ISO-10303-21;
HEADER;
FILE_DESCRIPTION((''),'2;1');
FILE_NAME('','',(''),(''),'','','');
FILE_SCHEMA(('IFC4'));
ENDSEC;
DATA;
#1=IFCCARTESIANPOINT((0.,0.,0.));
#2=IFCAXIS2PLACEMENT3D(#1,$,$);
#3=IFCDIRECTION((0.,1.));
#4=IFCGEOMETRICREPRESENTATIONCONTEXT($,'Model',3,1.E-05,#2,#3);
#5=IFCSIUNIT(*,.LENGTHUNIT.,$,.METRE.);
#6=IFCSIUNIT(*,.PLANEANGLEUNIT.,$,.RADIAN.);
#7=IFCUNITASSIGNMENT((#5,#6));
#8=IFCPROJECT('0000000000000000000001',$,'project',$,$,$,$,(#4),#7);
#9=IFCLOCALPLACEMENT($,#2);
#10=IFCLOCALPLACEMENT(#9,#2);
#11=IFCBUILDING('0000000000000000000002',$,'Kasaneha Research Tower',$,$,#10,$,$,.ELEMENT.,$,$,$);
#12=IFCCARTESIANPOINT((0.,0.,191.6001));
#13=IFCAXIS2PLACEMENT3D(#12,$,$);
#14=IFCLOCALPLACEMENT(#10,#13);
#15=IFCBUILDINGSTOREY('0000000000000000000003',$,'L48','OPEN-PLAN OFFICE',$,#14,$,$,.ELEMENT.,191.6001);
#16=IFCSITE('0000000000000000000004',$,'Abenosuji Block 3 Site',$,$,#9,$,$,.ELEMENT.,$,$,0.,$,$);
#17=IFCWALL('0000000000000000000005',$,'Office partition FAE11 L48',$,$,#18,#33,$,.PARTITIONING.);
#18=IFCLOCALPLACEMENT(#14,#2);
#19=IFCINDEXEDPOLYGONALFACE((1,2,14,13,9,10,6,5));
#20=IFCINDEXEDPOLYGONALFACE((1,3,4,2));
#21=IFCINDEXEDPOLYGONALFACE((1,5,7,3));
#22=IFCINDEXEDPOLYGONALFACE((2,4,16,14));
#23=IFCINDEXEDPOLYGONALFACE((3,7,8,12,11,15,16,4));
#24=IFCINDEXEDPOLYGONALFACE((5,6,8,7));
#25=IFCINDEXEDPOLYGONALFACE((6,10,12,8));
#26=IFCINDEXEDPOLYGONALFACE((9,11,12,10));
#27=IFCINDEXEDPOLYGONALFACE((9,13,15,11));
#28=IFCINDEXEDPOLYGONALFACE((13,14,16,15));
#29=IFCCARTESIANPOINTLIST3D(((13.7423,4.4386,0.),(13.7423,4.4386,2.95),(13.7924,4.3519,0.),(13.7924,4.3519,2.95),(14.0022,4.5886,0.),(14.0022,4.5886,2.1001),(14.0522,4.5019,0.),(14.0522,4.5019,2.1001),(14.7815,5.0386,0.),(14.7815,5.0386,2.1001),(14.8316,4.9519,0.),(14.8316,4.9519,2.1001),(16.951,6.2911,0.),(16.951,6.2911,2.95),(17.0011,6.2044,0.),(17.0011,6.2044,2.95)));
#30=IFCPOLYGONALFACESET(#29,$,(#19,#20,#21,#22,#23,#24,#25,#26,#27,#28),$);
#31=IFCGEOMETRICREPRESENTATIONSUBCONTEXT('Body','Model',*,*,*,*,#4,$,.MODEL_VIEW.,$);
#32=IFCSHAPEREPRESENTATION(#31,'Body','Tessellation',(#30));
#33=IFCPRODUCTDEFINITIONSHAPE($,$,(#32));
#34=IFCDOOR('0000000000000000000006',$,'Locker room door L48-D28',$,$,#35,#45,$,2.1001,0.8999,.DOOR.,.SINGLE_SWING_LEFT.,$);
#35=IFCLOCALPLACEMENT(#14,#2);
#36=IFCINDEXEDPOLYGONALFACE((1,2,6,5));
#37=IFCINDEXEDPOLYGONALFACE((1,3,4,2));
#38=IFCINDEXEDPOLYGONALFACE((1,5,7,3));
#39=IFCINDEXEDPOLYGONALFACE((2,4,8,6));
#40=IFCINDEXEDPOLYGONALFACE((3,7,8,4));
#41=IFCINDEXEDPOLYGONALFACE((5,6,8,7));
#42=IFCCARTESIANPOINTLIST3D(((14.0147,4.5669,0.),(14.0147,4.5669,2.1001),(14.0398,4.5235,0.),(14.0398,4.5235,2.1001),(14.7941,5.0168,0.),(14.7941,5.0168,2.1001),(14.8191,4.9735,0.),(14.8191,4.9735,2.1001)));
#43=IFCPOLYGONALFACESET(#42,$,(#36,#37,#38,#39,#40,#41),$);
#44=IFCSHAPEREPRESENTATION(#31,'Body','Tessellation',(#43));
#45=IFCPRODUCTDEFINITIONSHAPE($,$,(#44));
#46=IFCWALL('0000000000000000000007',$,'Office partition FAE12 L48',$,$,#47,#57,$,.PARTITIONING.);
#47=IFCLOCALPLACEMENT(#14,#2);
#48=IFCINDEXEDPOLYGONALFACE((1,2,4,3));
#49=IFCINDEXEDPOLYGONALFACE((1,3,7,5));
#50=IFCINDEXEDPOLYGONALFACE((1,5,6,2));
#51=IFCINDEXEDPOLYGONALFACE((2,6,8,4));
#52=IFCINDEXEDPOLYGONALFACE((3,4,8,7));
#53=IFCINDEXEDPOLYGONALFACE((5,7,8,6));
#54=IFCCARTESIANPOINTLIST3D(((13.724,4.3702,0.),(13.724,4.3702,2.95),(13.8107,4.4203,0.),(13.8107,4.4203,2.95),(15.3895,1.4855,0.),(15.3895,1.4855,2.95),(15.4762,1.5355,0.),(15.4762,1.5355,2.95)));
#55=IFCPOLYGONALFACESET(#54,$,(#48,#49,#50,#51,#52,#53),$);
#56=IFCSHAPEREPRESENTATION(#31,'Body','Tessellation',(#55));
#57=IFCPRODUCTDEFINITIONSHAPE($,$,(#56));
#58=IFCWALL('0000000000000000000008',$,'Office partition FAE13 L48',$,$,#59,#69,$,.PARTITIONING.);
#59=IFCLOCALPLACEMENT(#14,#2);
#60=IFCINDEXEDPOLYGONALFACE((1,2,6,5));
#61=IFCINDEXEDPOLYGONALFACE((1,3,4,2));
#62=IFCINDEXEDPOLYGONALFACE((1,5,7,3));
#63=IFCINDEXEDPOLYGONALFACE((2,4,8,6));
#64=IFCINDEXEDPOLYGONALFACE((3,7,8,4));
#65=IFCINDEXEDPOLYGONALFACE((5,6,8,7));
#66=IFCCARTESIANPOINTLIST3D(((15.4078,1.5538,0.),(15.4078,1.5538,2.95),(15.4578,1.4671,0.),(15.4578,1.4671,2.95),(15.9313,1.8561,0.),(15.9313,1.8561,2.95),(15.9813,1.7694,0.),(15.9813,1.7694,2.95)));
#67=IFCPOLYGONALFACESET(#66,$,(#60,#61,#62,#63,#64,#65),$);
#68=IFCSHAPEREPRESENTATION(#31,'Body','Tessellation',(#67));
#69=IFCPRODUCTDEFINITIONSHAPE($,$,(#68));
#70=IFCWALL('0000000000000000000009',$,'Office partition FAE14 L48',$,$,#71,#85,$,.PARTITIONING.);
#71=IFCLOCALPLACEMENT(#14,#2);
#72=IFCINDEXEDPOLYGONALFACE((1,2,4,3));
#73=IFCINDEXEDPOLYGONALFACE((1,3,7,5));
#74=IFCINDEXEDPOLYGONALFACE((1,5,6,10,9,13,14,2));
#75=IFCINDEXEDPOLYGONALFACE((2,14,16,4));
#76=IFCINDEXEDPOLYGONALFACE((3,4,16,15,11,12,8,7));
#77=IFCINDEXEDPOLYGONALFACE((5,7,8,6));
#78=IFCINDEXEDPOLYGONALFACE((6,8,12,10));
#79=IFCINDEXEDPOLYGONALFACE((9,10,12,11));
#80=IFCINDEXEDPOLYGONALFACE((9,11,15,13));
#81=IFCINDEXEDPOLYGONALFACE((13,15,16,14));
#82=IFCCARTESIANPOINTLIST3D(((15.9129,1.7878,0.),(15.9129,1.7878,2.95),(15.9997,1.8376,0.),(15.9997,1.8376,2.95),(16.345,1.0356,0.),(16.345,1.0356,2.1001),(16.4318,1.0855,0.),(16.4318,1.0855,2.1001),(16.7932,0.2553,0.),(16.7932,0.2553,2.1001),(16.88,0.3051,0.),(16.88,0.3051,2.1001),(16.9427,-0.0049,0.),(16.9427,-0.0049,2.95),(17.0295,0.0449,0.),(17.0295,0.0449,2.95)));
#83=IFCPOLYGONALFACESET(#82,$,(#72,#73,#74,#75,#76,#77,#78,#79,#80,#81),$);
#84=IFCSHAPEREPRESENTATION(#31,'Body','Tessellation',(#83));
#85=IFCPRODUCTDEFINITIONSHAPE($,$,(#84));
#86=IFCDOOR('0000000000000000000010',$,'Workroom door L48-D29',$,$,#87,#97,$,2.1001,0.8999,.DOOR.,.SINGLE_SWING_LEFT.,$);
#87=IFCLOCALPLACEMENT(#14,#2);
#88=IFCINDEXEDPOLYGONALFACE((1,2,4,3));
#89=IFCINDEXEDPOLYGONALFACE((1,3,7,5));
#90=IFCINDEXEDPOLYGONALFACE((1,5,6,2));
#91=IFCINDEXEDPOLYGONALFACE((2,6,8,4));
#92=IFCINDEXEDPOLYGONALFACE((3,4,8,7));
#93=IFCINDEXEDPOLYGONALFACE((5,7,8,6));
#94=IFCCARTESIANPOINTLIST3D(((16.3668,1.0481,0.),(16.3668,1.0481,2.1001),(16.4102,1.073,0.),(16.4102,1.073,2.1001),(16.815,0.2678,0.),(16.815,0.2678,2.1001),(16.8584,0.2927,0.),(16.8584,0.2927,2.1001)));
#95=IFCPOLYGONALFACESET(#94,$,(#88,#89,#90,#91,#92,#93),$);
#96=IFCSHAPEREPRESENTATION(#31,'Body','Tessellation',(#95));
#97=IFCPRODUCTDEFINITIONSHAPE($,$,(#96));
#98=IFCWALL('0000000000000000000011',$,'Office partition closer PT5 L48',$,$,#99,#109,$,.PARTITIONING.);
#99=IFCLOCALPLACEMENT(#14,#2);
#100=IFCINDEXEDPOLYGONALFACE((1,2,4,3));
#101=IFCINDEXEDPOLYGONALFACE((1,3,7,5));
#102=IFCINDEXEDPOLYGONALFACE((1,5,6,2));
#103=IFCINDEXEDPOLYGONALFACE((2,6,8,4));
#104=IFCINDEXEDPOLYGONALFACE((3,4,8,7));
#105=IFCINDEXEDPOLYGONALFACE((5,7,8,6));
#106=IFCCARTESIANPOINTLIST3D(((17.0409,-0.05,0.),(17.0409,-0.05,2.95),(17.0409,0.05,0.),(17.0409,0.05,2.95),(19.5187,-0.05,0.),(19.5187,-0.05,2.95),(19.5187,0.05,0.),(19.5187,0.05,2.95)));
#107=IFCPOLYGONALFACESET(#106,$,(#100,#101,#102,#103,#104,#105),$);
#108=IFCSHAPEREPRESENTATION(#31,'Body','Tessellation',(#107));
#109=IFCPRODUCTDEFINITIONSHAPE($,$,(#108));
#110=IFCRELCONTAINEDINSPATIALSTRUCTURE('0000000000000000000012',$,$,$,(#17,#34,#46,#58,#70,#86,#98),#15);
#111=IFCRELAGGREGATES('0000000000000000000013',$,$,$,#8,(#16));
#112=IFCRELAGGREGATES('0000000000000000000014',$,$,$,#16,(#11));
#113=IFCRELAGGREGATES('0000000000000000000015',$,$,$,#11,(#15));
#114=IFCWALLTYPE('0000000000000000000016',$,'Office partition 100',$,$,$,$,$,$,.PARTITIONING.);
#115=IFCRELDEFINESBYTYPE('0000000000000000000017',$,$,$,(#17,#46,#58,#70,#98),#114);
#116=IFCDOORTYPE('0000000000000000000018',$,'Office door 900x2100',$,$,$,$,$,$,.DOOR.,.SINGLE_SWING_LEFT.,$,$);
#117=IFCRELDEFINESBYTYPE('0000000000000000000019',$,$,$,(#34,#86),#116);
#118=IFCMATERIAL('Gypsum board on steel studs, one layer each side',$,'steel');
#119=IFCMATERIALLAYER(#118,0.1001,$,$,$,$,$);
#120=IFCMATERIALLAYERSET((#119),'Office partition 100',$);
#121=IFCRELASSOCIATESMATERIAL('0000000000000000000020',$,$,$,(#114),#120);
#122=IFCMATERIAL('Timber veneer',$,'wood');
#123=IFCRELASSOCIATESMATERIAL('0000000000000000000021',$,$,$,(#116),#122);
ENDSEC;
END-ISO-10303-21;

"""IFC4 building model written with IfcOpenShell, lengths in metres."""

from ifc_helpers import new_model, si_unit, direction, frame, frame_2d, origin, place, context, subcontext, project, spatial, rectangle, extrude, material, layer, layer_set, type_object, element, fill, save


model = new_model("IFC4")

# Units and contexts
model_context = context("Model", 3, precision=1e-05, world=origin(), true_north=direction((0.0, 1.0)))
body_context = subcontext(model_context, "Body", "Model", "MODEL_VIEW")
ifc_project = project(units=[si_unit("LENGTHUNIT", "METRE"), si_unit("PLANEANGLEUNIT", "RADIAN")], contexts=[model_context])

# Site, building, storey
site_placement = place(None, origin())
site = spatial("IfcSite", under=ifc_project, at=site_placement, Name="Abenosuji Block 3 Site", CompositionType="ELEMENT", RefElevation=0.0)
building_placement = place(site_placement, origin())
building = spatial("IfcBuilding", under=site, at=building_placement, Name="Kasaneha Research Tower", CompositionType="ELEMENT")
storey_placement = place(building_placement, frame((0.0, 0.0, 191.6001)))
storey = spatial("IfcBuildingStorey", under=building, at=storey_placement, Name="L48", Description="OPEN-PLAN OFFICE", CompositionType="ELEMENT", Elevation=191.6001)

# Shared definitions
ifc_material_1 = material(Name="Gypsum board on steel studs, one layer each side", Category="steel")
ifc_layer_1 = layer(ifc_material_1, 0.1001)
ifc_layer_set_1 = layer_set([ifc_layer_1], Name="Office partition 100")
wall_type_1 = type_object("IfcWallType", Name="Office partition 100", PredefinedType="PARTITIONING", material=ifc_layer_set_1)

# Wall, opening, door
wall_1_placement = place(storey_placement, frame((13.7673, 4.3953, 0.0), z_axis=(0.0, 0.0, 1.0), x_axis=(0.866029, 0.499994, 0.0)))
wall_1 = element("IfcWall", 1, at=wall_1_placement, inside=storey, type_object=wall_type_1, Name="Office partition FAE11 L48", PredefinedType="PARTITIONING", context=body_context, shape_type="SweptSolid", body=[
    extrude(rectangle(XDim=3.7051, YDim=0.1001, at=frame_2d((1.8525, 0.0))), origin(), (0.0, 0.0, 1.0), 2.95),
])
opening_1_placement = place(wall_1_placement, frame((0.3, 0.0, 0.0)))
opening_1 = element("IfcOpeningElement", 2, at=opening_1_placement, cuts=wall_1, PredefinedType="OPENING", context=body_context, shape_type="SweptSolid", body=[
    extrude(rectangle(XDim=0.8999, YDim=2.1001, at=frame_2d((0.45, 1.05))), frame((0.0, 0.0601, 0.0), z_axis=(0.0, -1.0, 0.0), x_axis=(1.0, 0.0, 0.0)), (0.0, 0.0, 1.0), 0.1201),
])
ifc_material_2 = material(Name="Timber veneer", Category="wood")
door_type_1 = type_object("IfcDoorType", Name="Office door 900x2100", OperationType="SINGLE_SWING_LEFT", PredefinedType="DOOR", material=ifc_material_2)
door_1_placement = place(opening_1_placement, origin())
door_1 = element("IfcDoor", 3, at=door_1_placement, inside=storey, type_object=door_type_1, Name="Locker room door L48-D28", OperationType="SINGLE_SWING_LEFT", OverallHeight=2.1001, OverallWidth=0.8999, PredefinedType="DOOR", context=body_context, shape_type="SweptSolid", body=[
    extrude(rectangle(XDim=0.8999, YDim=2.1001, at=frame_2d((0.45, 1.05))), frame((0.0, 0.0249, 0.0), z_axis=(0.0, -1.0, 0.0), x_axis=(1.0, 0.0, 0.0)), (0.0, 0.0, 1.0), 0.05),
])
fill(opening_1, door_1)

# Walls
wall_2_placement = place(storey_placement, frame((15.4329, 1.5105, 0.0), z_axis=(0.0, 0.0, 1.0), x_axis=(-0.500002, 0.866024, 0.0)))
element("IfcWall", 4, at=wall_2_placement, inside=storey, type_object=wall_type_1, Name="Office partition FAE12 L48", PredefinedType="PARTITIONING", context=body_context, shape_type="SweptSolid", body=[
    extrude(rectangle(XDim=3.3311, YDim=0.1001, at=frame_2d((1.6655, 0.0))), origin(), (0.0, 0.0, 1.0), 2.95),
])
wall_3_placement = place(storey_placement, frame((15.9563, 1.8127, 0.0), z_axis=(0.0, 0.0, 1.0), x_axis=(-0.865997, -0.500049, 0.0)))
element("IfcWall", 5, at=wall_3_placement, inside=storey, type_object=wall_type_1, Name="Office partition FAE13 L48", PredefinedType="PARTITIONING", context=body_context, shape_type="SweptSolid", body=[
    extrude(rectangle(XDim=0.6045, YDim=0.1001, at=frame_2d((0.3022, 0.0))), origin(), (0.0, 0.0, 1.0), 2.95),
])

# Wall, opening, door
wall_4_placement = place(storey_placement, frame((16.9861, 0.02, 0.0), z_axis=(0.0, 0.0, 1.0), x_axis=(-0.498096, 0.867122, 0.0)))
wall_4 = element("IfcWall", 6, at=wall_4_placement, inside=storey, type_object=wall_type_1, Name="Office partition FAE14 L48", PredefinedType="PARTITIONING", context=body_context, shape_type="SweptSolid", body=[
    extrude(rectangle(XDim=2.0674, YDim=0.1001, at=frame_2d((1.0337, 0.0))), origin(), (0.0, 0.0, 1.0), 2.95),
])
opening_2_placement = place(wall_4_placement, frame((0.3, 0.0, 0.0)))
opening_2 = element("IfcOpeningElement", 7, at=opening_2_placement, cuts=wall_4, PredefinedType="OPENING", context=body_context, shape_type="SweptSolid", body=[
    extrude(rectangle(XDim=0.8999, YDim=2.1001, at=frame_2d((0.45, 1.05))), frame((0.0, 0.0601, 0.0), z_axis=(0.0, -1.0, 0.0), x_axis=(1.0, 0.0, 0.0)), (0.0, 0.0, 1.0), 0.1201),
])
door_2_placement = place(opening_2_placement, origin())
door_2 = element("IfcDoor", 8, at=door_2_placement, inside=storey, type_object=door_type_1, Name="Workroom door L48-D29", OperationType="SINGLE_SWING_LEFT", OverallHeight=2.1001, OverallWidth=0.8999, PredefinedType="DOOR", context=body_context, shape_type="SweptSolid", body=[
    extrude(rectangle(XDim=0.8999, YDim=2.1001, at=frame_2d((0.45, 1.05))), frame((0.0, 0.0249, 0.0), z_axis=(0.0, -1.0, 0.0), x_axis=(1.0, 0.0, 0.0)), (0.0, 0.0, 1.0), 0.05),
])
fill(opening_2, door_2)

# Wall
wall_5_placement = place(storey_placement, frame((19.5186, 0.0, 0.0), z_axis=(0.0, 0.0, 1.0), x_axis=(-1.0, 0.0, 0.0)))
element("IfcWall", 9, at=wall_5_placement, inside=storey, type_object=wall_type_1, Name="Office partition closer PT5 L48", PredefinedType="PARTITIONING", context=body_context, shape_type="SweptSolid", body=[
    extrude(rectangle(XDim=2.4778, YDim=0.1001, at=frame_2d((1.2388, 0.0))), origin(), (0.0, 0.0, 1.0), 2.95),
])

save(model, "model.ifc")
